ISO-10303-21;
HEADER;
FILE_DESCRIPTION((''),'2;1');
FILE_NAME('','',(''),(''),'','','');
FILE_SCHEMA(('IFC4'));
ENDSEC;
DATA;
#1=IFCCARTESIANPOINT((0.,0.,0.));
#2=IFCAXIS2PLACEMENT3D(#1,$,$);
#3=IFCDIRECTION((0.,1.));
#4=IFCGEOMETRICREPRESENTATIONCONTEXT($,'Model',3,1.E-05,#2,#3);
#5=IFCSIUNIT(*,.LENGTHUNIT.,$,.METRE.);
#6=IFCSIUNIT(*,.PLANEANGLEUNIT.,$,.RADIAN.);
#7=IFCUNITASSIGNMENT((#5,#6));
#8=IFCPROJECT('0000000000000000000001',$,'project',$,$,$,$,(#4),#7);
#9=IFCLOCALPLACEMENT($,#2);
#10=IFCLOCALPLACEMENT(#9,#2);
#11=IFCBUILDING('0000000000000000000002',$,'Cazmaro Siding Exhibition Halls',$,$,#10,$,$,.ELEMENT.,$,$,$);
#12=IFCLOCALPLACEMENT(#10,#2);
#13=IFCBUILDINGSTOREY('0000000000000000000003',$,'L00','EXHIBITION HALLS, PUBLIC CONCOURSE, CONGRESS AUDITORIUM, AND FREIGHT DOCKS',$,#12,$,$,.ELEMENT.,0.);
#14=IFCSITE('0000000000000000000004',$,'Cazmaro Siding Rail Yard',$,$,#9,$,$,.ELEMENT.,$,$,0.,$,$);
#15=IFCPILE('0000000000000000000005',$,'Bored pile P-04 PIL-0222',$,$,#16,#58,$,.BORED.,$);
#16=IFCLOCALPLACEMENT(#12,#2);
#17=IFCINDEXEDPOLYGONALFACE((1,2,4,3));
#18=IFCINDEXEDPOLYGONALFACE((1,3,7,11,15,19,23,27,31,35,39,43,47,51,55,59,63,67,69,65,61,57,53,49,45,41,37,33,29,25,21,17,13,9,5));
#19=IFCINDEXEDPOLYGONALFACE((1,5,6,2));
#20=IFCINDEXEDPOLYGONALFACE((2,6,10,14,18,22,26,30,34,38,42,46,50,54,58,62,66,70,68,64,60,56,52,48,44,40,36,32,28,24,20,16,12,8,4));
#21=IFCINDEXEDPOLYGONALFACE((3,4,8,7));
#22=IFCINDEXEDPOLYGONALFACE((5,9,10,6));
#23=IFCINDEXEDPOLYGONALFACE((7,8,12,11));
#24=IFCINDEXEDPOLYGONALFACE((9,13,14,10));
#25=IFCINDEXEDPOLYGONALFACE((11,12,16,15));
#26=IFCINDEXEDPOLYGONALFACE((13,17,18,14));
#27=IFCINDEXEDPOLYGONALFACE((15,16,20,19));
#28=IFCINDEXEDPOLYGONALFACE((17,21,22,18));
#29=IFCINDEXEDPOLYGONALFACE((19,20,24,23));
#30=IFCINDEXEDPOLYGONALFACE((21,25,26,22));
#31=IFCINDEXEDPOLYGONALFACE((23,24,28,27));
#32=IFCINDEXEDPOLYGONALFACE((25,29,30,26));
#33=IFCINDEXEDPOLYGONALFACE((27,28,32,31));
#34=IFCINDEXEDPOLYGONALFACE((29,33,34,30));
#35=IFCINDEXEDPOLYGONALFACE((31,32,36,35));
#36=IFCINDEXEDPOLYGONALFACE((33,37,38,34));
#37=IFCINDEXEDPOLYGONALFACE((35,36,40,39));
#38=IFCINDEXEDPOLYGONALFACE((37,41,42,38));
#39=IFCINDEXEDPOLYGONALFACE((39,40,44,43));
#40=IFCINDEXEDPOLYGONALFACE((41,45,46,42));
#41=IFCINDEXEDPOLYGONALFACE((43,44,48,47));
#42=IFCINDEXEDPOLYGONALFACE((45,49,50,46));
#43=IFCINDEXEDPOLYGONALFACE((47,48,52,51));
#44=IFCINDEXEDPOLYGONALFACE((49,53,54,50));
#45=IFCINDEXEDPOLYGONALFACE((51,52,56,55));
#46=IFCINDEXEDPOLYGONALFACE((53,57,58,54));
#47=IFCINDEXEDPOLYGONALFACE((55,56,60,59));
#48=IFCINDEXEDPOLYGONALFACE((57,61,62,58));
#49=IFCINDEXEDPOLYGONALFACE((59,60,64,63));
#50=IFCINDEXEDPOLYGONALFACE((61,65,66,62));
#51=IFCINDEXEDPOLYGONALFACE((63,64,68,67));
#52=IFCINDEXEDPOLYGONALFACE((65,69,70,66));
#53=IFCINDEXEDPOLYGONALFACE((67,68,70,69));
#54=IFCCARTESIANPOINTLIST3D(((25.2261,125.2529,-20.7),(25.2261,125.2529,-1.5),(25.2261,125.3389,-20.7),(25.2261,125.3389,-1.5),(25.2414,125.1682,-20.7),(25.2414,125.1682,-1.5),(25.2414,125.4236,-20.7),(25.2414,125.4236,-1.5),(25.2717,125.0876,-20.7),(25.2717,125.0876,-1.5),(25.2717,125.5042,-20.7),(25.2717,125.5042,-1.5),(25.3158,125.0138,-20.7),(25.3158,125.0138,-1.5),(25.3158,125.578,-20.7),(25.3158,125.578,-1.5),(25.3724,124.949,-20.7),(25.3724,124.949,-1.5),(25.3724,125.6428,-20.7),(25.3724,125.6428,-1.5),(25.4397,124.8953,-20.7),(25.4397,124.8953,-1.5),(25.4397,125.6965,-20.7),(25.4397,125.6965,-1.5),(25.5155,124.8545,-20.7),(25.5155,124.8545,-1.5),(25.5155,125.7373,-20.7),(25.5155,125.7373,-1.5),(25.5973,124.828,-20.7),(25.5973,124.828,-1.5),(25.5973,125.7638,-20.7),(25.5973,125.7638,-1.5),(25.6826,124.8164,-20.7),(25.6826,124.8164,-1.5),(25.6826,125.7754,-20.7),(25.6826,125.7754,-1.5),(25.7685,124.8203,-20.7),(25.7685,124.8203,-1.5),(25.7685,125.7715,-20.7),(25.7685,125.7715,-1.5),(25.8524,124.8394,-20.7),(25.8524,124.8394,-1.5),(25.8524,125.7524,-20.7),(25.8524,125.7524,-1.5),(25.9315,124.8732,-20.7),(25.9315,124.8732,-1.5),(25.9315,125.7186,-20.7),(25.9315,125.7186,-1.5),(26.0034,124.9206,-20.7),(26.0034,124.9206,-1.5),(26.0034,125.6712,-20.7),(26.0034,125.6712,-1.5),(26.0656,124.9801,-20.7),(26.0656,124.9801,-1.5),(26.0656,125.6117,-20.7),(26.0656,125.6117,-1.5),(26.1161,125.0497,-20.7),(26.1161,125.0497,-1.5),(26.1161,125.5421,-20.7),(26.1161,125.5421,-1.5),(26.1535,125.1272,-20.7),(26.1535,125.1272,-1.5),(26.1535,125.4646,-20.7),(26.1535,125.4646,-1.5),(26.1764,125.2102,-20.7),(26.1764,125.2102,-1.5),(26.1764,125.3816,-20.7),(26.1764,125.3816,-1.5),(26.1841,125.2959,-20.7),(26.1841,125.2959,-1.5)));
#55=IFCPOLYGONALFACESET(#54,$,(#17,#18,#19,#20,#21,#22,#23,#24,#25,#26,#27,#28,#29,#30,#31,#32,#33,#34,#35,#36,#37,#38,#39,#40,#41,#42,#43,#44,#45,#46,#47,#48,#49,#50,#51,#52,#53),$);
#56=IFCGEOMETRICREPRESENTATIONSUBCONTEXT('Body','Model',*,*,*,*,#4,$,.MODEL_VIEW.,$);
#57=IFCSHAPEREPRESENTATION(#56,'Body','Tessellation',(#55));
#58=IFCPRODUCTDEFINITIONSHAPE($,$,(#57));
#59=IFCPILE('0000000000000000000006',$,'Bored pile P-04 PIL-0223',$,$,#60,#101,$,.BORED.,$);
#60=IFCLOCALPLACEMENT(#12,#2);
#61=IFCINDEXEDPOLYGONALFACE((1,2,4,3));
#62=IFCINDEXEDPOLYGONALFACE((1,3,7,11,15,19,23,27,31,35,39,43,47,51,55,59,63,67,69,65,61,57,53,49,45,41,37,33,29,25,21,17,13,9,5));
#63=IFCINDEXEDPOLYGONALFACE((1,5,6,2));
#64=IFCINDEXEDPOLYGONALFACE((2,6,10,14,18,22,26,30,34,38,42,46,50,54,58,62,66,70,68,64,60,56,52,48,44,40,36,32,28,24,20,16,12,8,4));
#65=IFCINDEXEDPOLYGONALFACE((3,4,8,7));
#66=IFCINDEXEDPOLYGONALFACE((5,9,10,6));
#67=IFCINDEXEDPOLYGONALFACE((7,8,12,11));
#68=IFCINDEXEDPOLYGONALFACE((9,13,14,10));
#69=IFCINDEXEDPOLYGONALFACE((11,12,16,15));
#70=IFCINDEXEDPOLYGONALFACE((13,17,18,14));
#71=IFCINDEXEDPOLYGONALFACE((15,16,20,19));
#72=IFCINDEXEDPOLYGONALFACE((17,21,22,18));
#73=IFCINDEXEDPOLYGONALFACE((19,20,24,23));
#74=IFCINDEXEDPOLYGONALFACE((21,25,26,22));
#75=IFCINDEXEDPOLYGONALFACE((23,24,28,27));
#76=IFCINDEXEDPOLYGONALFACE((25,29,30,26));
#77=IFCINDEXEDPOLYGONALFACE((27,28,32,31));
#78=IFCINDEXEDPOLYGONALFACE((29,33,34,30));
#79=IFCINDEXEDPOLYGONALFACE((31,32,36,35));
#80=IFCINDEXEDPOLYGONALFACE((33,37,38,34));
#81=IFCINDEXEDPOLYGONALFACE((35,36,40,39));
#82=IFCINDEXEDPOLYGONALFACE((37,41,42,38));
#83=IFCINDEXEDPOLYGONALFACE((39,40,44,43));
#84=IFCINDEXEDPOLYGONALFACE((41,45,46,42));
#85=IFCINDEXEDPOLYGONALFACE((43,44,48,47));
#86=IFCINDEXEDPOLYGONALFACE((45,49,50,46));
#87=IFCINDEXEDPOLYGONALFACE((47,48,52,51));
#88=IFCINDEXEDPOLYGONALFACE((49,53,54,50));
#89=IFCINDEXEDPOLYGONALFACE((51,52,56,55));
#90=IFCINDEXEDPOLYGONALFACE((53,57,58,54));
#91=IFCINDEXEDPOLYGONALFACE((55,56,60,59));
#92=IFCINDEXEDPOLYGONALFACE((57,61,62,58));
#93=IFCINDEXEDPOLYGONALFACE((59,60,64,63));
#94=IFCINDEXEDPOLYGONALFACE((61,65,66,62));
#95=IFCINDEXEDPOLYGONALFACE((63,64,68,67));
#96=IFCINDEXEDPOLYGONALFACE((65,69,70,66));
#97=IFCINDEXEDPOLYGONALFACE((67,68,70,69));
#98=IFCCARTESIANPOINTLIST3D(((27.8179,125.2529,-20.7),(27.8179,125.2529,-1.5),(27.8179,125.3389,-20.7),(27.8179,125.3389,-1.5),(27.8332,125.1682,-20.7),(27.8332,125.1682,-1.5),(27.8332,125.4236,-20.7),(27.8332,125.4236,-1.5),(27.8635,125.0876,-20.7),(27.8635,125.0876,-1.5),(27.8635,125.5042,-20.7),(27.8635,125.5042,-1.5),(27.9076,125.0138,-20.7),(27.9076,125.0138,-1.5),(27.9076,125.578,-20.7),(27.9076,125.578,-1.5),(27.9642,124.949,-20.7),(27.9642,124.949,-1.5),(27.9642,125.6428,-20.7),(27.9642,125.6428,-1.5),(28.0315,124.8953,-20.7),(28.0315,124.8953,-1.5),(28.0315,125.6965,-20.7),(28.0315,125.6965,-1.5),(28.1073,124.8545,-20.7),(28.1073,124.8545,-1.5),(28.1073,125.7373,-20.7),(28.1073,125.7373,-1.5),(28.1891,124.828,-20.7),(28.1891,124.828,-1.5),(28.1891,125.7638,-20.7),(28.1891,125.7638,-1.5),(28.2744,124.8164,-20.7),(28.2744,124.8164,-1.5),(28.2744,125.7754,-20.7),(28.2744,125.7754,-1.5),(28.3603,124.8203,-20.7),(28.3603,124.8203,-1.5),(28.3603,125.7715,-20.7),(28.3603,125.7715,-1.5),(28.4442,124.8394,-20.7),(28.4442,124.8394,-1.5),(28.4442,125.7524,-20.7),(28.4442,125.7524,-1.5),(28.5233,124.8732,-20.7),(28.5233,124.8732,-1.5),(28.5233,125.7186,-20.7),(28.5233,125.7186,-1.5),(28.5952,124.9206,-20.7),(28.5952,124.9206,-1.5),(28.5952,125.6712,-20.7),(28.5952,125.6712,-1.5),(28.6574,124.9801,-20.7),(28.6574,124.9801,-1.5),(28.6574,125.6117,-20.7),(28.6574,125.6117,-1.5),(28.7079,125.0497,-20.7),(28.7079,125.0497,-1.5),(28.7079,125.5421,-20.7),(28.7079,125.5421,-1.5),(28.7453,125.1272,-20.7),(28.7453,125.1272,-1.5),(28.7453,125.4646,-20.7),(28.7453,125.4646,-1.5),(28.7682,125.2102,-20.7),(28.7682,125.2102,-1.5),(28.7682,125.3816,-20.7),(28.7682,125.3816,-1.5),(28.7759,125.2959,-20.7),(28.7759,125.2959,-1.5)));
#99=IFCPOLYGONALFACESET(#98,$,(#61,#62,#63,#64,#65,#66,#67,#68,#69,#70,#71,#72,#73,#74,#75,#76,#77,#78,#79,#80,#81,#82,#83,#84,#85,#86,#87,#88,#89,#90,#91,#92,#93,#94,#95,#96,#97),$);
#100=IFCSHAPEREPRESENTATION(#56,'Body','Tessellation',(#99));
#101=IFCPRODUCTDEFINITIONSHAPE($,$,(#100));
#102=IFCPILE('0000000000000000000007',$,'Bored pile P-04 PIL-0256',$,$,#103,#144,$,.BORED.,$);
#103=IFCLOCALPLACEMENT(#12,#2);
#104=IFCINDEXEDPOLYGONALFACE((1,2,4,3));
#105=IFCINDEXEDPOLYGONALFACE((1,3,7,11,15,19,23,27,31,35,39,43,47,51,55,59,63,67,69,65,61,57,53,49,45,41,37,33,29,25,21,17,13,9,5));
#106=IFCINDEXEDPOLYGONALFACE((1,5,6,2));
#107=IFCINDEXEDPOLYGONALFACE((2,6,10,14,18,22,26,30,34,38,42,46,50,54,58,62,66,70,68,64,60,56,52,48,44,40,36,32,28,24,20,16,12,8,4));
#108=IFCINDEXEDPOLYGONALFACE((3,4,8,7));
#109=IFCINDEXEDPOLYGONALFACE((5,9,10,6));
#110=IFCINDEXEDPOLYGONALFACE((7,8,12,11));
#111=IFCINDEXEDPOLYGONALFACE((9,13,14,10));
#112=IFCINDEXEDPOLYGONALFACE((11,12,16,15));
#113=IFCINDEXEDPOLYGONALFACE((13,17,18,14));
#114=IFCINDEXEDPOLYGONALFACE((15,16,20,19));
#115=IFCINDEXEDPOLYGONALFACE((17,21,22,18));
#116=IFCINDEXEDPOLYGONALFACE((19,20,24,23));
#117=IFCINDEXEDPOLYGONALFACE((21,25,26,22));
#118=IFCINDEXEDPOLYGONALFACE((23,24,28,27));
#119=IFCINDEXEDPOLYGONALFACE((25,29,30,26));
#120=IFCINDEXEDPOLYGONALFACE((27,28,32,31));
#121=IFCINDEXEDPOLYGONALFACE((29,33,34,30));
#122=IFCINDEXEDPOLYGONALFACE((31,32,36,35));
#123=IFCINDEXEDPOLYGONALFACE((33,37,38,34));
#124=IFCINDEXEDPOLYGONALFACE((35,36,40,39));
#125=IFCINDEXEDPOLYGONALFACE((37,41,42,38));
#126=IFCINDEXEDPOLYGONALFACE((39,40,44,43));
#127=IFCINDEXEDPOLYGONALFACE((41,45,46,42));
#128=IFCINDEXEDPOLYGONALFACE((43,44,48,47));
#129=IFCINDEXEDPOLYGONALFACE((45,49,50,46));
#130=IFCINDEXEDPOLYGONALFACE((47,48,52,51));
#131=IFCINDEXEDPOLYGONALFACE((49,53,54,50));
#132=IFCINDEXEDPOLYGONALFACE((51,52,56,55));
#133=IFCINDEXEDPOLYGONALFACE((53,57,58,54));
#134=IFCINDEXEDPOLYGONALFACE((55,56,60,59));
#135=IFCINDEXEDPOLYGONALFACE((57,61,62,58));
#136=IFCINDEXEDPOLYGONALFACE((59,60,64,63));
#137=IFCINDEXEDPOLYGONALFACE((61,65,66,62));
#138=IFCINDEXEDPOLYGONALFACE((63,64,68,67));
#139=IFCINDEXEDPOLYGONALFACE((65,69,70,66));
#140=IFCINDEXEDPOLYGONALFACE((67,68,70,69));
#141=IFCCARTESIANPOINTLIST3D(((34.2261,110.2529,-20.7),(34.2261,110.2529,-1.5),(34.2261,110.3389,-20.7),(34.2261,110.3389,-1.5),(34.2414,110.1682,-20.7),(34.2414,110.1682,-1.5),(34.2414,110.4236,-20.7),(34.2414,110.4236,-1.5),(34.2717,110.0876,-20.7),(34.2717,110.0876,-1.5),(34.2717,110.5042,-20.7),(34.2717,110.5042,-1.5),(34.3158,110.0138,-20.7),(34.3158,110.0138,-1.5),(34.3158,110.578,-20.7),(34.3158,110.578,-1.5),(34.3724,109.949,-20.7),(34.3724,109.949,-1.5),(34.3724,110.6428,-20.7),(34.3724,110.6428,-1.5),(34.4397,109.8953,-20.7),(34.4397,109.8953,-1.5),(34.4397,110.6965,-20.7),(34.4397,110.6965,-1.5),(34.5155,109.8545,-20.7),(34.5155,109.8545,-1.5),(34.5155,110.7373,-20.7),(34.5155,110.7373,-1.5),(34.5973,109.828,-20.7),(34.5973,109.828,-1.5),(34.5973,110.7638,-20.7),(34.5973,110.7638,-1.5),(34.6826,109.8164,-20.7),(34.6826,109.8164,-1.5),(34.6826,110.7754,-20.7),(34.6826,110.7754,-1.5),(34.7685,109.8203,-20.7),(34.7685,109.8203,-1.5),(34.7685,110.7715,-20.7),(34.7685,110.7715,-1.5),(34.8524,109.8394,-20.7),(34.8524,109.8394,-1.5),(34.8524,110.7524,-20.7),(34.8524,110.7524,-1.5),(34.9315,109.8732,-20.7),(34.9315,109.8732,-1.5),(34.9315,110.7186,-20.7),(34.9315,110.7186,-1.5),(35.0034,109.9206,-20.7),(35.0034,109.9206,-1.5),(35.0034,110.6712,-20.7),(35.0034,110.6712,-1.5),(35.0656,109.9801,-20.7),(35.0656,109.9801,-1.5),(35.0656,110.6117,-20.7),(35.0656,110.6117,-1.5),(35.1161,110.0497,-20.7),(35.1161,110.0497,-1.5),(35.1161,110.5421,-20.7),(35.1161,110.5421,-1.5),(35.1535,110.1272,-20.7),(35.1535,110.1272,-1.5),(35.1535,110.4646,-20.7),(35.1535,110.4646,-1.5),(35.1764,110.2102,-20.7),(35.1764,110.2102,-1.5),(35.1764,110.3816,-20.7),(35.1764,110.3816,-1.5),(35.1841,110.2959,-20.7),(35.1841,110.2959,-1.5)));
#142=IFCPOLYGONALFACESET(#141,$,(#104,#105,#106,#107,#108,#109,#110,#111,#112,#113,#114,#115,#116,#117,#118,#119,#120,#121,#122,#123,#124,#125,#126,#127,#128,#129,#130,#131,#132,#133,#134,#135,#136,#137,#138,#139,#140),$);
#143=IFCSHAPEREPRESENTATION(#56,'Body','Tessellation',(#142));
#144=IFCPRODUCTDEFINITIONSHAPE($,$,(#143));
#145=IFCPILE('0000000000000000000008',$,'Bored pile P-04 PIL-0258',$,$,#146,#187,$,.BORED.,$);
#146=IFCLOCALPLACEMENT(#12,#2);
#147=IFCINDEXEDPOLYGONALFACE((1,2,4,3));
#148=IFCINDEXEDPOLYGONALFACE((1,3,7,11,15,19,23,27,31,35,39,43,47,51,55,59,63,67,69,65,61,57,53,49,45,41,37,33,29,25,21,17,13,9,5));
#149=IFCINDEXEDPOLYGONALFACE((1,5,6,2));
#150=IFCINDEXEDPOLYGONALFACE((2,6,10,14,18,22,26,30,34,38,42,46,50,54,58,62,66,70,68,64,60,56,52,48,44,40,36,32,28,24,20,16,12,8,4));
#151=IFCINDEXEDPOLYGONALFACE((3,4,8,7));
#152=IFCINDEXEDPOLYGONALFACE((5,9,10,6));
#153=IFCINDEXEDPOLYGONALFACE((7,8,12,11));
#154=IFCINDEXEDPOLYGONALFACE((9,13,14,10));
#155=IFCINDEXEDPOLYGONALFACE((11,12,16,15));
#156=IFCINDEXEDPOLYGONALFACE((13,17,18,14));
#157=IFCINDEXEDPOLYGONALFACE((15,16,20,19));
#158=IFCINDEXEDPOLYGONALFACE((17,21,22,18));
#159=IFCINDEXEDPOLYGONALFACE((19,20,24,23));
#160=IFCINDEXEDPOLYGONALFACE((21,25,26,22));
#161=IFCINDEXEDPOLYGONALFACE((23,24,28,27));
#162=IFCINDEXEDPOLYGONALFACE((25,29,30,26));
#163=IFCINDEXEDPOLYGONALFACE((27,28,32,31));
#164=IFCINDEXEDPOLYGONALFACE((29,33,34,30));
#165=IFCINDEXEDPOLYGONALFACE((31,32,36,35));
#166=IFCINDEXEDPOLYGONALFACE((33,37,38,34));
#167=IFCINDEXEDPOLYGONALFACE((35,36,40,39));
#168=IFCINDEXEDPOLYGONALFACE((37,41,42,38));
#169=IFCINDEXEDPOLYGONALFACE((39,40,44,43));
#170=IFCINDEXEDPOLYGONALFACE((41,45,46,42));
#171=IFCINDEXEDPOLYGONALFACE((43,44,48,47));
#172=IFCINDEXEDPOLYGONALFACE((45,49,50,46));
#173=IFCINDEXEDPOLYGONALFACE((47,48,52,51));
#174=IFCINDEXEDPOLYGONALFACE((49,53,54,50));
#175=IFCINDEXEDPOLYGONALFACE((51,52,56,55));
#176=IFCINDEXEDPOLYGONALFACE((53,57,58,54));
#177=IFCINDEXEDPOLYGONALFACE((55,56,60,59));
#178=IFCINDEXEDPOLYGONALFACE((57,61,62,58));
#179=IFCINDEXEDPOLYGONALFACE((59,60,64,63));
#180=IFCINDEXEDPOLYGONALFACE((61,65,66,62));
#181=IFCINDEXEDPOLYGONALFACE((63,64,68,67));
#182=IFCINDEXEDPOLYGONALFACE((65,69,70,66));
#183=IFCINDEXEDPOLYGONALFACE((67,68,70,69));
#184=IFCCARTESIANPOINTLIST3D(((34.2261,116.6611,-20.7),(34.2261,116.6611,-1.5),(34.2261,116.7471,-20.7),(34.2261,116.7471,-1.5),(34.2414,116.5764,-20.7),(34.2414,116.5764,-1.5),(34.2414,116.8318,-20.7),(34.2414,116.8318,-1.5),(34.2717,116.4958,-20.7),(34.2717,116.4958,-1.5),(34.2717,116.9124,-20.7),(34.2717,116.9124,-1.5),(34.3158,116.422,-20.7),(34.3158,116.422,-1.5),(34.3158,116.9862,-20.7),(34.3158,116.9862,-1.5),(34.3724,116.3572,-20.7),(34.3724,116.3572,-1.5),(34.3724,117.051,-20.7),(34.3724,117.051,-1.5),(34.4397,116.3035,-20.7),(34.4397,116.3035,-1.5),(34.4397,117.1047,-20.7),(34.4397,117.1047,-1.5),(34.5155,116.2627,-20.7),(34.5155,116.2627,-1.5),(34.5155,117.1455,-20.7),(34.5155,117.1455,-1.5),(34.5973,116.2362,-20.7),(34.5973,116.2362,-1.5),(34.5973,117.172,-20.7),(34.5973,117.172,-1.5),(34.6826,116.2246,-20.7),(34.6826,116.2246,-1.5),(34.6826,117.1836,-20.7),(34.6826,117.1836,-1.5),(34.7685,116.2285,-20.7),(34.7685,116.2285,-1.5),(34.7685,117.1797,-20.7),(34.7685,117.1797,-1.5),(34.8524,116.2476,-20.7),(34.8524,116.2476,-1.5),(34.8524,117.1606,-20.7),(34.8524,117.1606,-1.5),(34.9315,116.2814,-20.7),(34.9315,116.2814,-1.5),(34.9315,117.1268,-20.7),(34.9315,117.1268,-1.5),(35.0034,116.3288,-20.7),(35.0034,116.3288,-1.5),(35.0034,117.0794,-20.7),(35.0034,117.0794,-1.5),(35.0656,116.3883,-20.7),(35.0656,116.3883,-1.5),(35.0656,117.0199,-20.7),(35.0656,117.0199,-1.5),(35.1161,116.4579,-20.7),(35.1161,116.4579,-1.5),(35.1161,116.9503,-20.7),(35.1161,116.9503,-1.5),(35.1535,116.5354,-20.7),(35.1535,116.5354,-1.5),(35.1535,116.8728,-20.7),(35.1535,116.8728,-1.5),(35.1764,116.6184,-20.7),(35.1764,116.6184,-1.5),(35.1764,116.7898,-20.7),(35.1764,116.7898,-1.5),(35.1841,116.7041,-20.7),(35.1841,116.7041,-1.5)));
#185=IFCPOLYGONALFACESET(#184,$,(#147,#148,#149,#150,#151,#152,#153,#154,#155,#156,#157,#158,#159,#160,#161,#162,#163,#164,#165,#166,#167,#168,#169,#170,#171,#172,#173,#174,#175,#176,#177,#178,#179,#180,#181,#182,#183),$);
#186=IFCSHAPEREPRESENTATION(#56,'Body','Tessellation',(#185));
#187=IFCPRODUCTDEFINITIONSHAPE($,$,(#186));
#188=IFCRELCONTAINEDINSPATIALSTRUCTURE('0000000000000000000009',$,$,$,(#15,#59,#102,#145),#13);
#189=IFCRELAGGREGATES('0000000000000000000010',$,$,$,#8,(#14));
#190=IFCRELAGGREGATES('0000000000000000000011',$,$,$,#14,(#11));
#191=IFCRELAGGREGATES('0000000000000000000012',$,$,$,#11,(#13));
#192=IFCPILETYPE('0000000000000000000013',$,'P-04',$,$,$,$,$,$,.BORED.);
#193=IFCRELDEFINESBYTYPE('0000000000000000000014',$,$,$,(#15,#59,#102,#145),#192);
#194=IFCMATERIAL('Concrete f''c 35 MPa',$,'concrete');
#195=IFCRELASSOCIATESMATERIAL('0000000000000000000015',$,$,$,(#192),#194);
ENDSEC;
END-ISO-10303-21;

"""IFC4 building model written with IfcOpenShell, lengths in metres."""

from ifc_helpers import new_model, si_unit, direction, frame, origin, origin_2d, place, context, subcontext, project, spatial, circle, extrude, material, material_profile, profile_set, type_object, element, save


model = new_model("IFC4")

# Units and contexts
model_context = context("Model", 3, precision=1e-05, world=origin(), true_north=direction((0.0, 1.0)))
body_context = subcontext(model_context, "Body", "Model", "MODEL_VIEW")
ifc_project = project(units=[si_unit("LENGTHUNIT", "METRE"), si_unit("PLANEANGLEUNIT", "RADIAN")], contexts=[model_context])

# Site, building, storey
site_placement = place(None, origin())
site = spatial("IfcSite", under=ifc_project, at=site_placement, Name="Cazmaro Siding Rail Yard", CompositionType="ELEMENT", RefElevation=0.0)
building_placement = place(site_placement, origin())
building = spatial("IfcBuilding", under=site, at=building_placement, Name="Cazmaro Siding Exhibition Halls", CompositionType="ELEMENT")
storey_placement = place(building_placement, origin())
storey = spatial("IfcBuildingStorey", under=building, at=storey_placement, Name="L00", Description="EXHIBITION HALLS, PUBLIC CONCOURSE, CONGRESS AUDITORIUM, AND FREIGHT DOCKS", CompositionType="ELEMENT", Elevation=0.0)

# Piles
ifc_material_1 = material(Name="Concrete f'c 35 MPa", Category="concrete")
ifc_material_profile_1 = material_profile(ifc_material_1, circle(Radius=0.48, at=origin_2d()), Name="CIDH-960")
ifc_profile_set_1 = profile_set([ifc_material_profile_1], Name="Concrete f'c 35 MPa")
pile_type = type_object("IfcPileType", Name="P-04", PredefinedType="BORED", material=ifc_profile_set_1)
for number, where, z_axis, x_axis, name in (
    (1, (25.7041, 125.2959, -1.5), (0.0, 0.0, -1.0), (1.0, 0.0, 0.0), "Bored pile P-04 PIL-0222"),
    (2, (28.2959, 125.2959, -1.5), (0.0, 0.0, -1.0), (1.0, 0.0, 0.0), "Bored pile P-04 PIL-0223"),
    (3, (34.7041, 110.2959, -1.5), (0.0, 0.0, -1.0), (1.0, 0.0, 0.0), "Bored pile P-04 PIL-0256"),
    (4, (34.7041, 116.7041, -1.5), (0.0, 0.0, -1.0), (1.0, 0.0, 0.0), "Bored pile P-04 PIL-0258"),
):
    element("IfcPile", number, at=place(storey_placement, frame(where, z_axis=z_axis, x_axis=x_axis)), inside=storey, type_object=pile_type, Name=name, PredefinedType="BORED", context=body_context, shape_type="SweptSolid", body=[
        extrude(circle(Radius=0.48, at=origin_2d()), origin(), (0.0, 0.0, 1.0), 19.2),
    ])

save(model, "model.ifc")
